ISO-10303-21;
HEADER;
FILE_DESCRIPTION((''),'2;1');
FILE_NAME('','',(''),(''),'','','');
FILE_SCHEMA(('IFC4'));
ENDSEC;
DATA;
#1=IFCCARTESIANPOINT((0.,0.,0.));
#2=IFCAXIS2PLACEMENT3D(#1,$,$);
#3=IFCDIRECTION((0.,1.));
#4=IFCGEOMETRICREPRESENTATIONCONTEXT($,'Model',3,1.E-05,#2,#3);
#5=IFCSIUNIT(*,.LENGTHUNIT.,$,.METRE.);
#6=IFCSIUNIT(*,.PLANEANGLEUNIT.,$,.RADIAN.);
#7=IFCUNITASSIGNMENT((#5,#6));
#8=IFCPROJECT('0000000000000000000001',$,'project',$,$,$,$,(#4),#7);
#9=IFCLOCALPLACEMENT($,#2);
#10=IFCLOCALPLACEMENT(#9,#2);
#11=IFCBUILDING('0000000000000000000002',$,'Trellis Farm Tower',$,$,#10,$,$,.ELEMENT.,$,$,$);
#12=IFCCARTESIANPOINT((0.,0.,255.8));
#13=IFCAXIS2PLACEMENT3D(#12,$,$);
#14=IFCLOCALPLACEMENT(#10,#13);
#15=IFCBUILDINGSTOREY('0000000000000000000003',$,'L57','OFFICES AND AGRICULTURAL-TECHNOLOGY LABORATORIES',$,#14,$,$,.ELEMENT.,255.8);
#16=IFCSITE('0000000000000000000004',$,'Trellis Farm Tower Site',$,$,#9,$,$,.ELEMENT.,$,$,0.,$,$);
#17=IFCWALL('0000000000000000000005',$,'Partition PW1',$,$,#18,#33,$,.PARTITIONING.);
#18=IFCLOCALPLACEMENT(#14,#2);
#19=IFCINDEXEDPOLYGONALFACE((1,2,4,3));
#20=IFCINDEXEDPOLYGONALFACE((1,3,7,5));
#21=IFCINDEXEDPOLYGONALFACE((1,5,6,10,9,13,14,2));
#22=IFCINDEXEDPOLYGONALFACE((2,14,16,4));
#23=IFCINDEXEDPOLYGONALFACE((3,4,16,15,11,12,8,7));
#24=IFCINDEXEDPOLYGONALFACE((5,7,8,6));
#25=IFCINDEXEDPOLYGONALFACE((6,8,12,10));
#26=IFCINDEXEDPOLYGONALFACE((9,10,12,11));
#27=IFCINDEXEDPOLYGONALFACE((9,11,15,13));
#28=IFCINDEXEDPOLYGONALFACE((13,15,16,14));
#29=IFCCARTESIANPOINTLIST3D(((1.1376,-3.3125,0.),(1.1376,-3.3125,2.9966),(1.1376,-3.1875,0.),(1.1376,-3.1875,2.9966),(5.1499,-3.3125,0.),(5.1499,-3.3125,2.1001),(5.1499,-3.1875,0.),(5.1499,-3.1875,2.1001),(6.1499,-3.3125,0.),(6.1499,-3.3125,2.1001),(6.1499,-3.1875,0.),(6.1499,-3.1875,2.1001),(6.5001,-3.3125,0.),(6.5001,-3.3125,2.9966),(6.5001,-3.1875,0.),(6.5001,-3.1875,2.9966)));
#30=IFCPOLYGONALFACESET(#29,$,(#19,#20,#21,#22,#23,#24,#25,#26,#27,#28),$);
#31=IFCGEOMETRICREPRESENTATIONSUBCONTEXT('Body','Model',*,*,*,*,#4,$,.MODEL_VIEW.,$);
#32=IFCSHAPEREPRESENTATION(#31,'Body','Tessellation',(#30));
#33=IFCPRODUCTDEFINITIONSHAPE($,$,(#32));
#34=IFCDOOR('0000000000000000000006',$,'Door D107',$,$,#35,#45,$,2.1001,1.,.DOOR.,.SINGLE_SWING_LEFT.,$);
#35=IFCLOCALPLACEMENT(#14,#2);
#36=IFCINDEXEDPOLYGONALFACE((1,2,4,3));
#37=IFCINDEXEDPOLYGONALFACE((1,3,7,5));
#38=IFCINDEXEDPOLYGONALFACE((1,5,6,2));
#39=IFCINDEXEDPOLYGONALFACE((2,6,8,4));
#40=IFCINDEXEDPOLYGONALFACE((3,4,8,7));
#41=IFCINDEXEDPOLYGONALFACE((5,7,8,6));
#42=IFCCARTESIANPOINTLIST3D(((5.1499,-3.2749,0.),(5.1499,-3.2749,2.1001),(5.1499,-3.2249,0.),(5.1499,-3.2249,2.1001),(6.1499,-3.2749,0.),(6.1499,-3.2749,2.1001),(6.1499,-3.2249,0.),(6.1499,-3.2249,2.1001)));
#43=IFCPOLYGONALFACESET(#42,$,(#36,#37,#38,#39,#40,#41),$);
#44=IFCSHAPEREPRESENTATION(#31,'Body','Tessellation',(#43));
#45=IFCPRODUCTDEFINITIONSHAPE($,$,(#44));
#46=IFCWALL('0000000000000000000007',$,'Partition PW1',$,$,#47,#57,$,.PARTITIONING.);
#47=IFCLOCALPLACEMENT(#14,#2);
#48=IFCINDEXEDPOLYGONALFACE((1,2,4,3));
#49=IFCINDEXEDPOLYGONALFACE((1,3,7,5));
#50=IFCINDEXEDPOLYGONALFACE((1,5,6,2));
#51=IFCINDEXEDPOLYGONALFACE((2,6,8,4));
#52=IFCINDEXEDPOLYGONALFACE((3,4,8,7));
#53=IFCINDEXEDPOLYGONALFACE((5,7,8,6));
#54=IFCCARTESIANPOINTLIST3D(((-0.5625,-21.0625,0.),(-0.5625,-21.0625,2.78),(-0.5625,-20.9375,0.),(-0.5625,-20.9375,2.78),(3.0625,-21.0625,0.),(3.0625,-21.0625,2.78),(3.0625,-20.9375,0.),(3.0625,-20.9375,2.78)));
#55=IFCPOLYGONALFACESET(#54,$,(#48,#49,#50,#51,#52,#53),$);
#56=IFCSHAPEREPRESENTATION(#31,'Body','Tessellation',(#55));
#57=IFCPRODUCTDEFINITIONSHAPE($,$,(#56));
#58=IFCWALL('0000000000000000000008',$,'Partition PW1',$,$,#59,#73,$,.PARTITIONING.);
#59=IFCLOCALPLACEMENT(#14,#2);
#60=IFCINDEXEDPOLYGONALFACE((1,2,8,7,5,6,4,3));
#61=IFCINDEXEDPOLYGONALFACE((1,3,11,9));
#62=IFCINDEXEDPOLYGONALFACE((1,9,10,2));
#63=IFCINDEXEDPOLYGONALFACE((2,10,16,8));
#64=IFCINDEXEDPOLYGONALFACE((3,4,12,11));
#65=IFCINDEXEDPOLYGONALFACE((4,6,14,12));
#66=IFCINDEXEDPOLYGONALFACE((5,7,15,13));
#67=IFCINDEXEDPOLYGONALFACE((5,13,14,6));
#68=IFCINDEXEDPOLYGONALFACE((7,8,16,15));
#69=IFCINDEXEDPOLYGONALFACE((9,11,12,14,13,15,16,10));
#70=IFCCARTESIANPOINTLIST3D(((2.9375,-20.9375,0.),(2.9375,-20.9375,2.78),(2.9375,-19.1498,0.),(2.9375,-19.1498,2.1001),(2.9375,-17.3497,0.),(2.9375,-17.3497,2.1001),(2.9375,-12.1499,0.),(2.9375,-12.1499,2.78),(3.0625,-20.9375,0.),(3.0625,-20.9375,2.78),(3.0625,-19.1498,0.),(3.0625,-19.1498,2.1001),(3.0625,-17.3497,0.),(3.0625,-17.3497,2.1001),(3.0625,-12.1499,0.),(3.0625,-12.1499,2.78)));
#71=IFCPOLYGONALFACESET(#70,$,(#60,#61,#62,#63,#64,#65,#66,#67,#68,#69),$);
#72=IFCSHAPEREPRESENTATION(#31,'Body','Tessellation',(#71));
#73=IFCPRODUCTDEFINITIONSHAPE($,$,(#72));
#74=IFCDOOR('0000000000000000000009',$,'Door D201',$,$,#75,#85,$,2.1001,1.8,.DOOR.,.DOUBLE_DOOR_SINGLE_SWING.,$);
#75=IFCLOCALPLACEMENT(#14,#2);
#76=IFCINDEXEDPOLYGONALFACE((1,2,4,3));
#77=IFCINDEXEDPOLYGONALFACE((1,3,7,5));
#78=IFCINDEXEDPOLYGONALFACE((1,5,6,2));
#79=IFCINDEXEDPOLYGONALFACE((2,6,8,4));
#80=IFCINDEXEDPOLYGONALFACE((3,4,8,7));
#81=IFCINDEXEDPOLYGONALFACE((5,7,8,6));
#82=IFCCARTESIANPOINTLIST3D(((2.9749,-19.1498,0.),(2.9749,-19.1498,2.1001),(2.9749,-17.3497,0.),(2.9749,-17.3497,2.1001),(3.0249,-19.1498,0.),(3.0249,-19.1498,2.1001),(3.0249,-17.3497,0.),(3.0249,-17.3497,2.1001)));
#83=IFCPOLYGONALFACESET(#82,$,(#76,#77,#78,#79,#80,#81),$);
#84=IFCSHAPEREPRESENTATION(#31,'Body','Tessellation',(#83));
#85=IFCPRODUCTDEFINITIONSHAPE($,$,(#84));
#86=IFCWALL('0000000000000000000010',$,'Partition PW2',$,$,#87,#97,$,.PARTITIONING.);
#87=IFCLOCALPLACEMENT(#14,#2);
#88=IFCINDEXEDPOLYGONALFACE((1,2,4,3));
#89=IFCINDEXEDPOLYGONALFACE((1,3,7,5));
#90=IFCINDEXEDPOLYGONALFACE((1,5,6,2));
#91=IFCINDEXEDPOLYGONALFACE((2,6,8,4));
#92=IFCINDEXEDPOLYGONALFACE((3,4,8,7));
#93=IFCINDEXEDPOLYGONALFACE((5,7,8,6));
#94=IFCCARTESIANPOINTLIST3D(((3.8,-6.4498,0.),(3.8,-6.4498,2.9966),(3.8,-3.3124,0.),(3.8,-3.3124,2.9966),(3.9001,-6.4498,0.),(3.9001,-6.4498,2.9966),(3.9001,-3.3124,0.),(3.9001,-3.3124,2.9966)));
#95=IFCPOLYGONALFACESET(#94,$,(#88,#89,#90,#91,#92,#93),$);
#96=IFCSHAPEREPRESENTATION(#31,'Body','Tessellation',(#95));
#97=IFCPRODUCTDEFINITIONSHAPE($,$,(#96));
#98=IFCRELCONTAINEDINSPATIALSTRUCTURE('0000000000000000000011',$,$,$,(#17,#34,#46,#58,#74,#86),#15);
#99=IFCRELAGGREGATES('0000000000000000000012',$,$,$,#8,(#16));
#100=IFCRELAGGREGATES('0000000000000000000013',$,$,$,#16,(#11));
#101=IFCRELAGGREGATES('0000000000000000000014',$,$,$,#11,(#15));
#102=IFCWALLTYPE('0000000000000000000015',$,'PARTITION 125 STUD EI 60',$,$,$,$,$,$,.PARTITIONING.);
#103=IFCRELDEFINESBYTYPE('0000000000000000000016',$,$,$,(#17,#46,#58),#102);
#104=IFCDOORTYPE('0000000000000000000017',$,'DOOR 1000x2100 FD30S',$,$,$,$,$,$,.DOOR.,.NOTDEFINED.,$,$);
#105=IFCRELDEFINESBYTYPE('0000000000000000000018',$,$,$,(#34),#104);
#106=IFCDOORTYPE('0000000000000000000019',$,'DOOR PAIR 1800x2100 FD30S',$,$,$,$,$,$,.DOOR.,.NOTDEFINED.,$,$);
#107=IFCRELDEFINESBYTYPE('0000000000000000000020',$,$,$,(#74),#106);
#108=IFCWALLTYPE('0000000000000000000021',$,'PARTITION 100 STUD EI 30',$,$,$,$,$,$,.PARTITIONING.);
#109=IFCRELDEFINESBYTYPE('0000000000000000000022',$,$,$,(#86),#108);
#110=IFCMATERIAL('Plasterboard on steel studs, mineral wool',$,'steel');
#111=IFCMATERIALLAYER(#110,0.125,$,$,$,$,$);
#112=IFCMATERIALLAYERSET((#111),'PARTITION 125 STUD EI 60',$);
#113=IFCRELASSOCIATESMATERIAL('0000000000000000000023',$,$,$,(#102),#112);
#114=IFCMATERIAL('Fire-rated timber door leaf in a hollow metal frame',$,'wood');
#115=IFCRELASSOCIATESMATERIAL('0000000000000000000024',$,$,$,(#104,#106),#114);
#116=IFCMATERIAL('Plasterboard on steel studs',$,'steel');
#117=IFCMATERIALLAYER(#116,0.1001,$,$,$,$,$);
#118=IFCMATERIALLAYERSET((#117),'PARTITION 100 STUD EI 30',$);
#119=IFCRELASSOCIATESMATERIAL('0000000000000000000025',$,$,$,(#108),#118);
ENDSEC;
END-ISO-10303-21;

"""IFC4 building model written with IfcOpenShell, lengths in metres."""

from ifc_helpers import new_model, si_unit, direction, frame, frame_2d, origin, place, context, subcontext, project, spatial, rectangle, extrude, source, transform, mapped, material, layer, layer_set, type_object, element, fill, save


model = new_model("IFC4")

# Units and contexts
model_context = context("Model", 3, precision=1e-05, world=origin(), true_north=direction((0.0, 1.0)))
body_context = subcontext(model_context, "Body", "Model", "MODEL_VIEW")
ifc_project = project(units=[si_unit("LENGTHUNIT", "METRE"), si_unit("PLANEANGLEUNIT", "RADIAN")], contexts=[model_context])

# Site, building, storey
site_placement = place(None, origin())
site = spatial("IfcSite", under=ifc_project, at=site_placement, Name="Trellis Farm Tower Site", CompositionType="ELEMENT", RefElevation=0.0)
building_placement = place(site_placement, origin())
building = spatial("IfcBuilding", under=site, at=building_placement, Name="Trellis Farm Tower", CompositionType="ELEMENT")
storey_placement = place(building_placement, frame((0.0, 0.0, 255.8)))
storey = spatial("IfcBuildingStorey", under=building, at=storey_placement, Name="L57", Description="OFFICES AND AGRICULTURAL-TECHNOLOGY LABORATORIES", CompositionType="ELEMENT", Elevation=255.8)

# Shared definitions
shared_shape_1 = source(origin(), body_context, "Body", "SweptSolid", [
    extrude(rectangle(XDim=1.0, YDim=2.1001, at=frame_2d((0.5, 1.05))), frame((0.0, 0.0249, 0.0), z_axis=(0.0, -1.0, 0.0), x_axis=(1.0, 0.0, 0.0)), (0.0, 0.0, 1.0), 0.05),
])

# Wall, opening, door
ifc_material_1 = material(Name="Plasterboard on steel studs, mineral wool", Category="steel")
ifc_layer_1 = layer(ifc_material_1, 0.125)
ifc_layer_set_1 = layer_set([ifc_layer_1], Name="PARTITION 125 STUD EI 60")
wall_type_1 = type_object("IfcWallType", Name="PARTITION 125 STUD EI 60", PredefinedType="PARTITIONING", material=ifc_layer_set_1)
shared_shape_2 = source(origin(), body_context, "Body", "SweptSolid", [
    extrude(rectangle(XDim=5.3625, YDim=0.125, at=frame_2d((2.6812, 0.0))), origin(), (0.0, 0.0, 1.0), 2.9966),
])
wall_1_placement = place(storey_placement, frame((6.5, -3.25, 0.0), z_axis=(0.0, 0.0, 1.0), x_axis=(-1.0, 0.0, 0.0)))
wall_1 = element("IfcWall", 1, at=wall_1_placement, inside=storey, type_object=wall_type_1, Name="Partition PW1", PredefinedType="PARTITIONING", context=body_context, shape_type="MappedRepresentation", body=[
    mapped(shared_shape_2, transform((0.0, 0.0, 0.0))),
])
shared_shape_3 = source(origin(), body_context, "Body", "SweptSolid", [
    extrude(rectangle(XDim=1.0, YDim=2.1001, at=frame_2d((0.5, 1.05))), frame((0.0, 0.0725, 0.0), z_axis=(0.0, -1.0, 0.0), x_axis=(1.0, 0.0, 0.0)), (0.0, 0.0, 1.0), 0.145),
])
opening_1_placement = place(wall_1_placement, frame((0.3501, 0.0, 0.0)))
opening_1 = element("IfcOpeningElement", 2, at=opening_1_placement, cuts=wall_1, PredefinedType="OPENING", context=body_context, shape_type="MappedRepresentation", body=[
    mapped(shared_shape_3, transform((0.0, 0.0, 0.0))),
])
ifc_material_2 = material(Name="Fire-rated timber door leaf in a hollow metal frame", Category="wood")
door_type_1 = type_object("IfcDoorType", Name="DOOR 1000x2100 FD30S", OperationType="NOTDEFINED", PredefinedType="DOOR", material=ifc_material_2)
door_1_placement = place(opening_1_placement, origin())
door_1 = element("IfcDoor", 3, at=door_1_placement, inside=storey, type_object=door_type_1, Name="Door D107", OperationType="SINGLE_SWING_LEFT", OverallHeight=2.1001, OverallWidth=1.0, PredefinedType="DOOR", context=body_context, shape_type="MappedRepresentation", body=[
    mapped(shared_shape_1, transform((0.0, 0.0, 0.0))),
])
fill(opening_1, door_1)

# Wall
shared_shape_4 = source(origin(), body_context, "Body", "SweptSolid", [
    extrude(rectangle(XDim=3.625, YDim=0.125, at=frame_2d((1.8125, 0.0))), origin(), (0.0, 0.0, 1.0), 2.78),
])
wall_2_placement = place(storey_placement, frame((3.0625, -21.0, 0.0), z_axis=(0.0, 0.0, 1.0), x_axis=(-1.0, 0.0, 0.0)))
element("IfcWall", 4, at=wall_2_placement, inside=storey, type_object=wall_type_1, Name="Partition PW1", PredefinedType="PARTITIONING", context=body_context, shape_type="MappedRepresentation", body=[
    mapped(shared_shape_4, transform((0.0, 0.0, 0.0))),
])

# Wall, opening, door
shared_shape_5 = source(origin(), body_context, "Body", "SweptSolid", [
    extrude(rectangle(XDim=8.7876, YDim=0.125, at=frame_2d((4.3938, 0.0))), origin(), (0.0, 0.0, 1.0), 2.78),
])
wall_3_placement = place(storey_placement, frame((3.0, -12.1499, 0.0), z_axis=(0.0, 0.0, 1.0), x_axis=(0.0, -1.0, 0.0)))
wall_3 = element("IfcWall", 5, at=wall_3_placement, inside=storey, type_object=wall_type_1, Name="Partition PW1", PredefinedType="PARTITIONING", context=body_context, shape_type="MappedRepresentation", body=[
    mapped(shared_shape_5, transform((0.0, 0.0, 0.0))),
])
shared_shape_6 = source(origin(), body_context, "Body", "SweptSolid", [
    extrude(rectangle(XDim=1.8, YDim=2.1001, at=frame_2d((0.8999, 1.05))), frame((0.0, 0.0725, 0.0), z_axis=(0.0, -1.0, 0.0), x_axis=(1.0, 0.0, 0.0)), (0.0, 0.0, 1.0), 0.145),
])
opening_2_placement = place(wall_3_placement, frame((5.2, 0.0, 0.0)))
opening_2 = element("IfcOpeningElement", 6, at=opening_2_placement, cuts=wall_3, PredefinedType="OPENING", context=body_context, shape_type="MappedRepresentation", body=[
    mapped(shared_shape_6, transform((0.0, 0.0, 0.0))),
])
door_type_2 = type_object("IfcDoorType", Name="DOOR PAIR 1800x2100 FD30S", OperationType="NOTDEFINED", PredefinedType="DOOR", material=ifc_material_2)
shared_shape_7 = source(origin(), body_context, "Body", "SweptSolid", [
    extrude(rectangle(XDim=1.8, YDim=2.1001, at=frame_2d((0.8999, 1.05))), frame((0.0, 0.0249, 0.0), z_axis=(0.0, -1.0, 0.0), x_axis=(1.0, 0.0, 0.0)), (0.0, 0.0, 1.0), 0.05),
])
door_2_placement = place(opening_2_placement, origin())
door_2 = element("IfcDoor", 7, at=door_2_placement, inside=storey, type_object=door_type_2, Name="Door D201", OperationType="DOUBLE_DOOR_SINGLE_SWING", OverallHeight=2.1001, OverallWidth=1.8, PredefinedType="DOOR", context=body_context, shape_type="MappedRepresentation", body=[
    mapped(shared_shape_7, transform((0.0, 0.0, 0.0))),
])
fill(opening_2, door_2)

# Wall
ifc_material_3 = material(Name="Plasterboard on steel studs", Category="steel")
ifc_layer_2 = layer(ifc_material_3, 0.1001)
ifc_layer_set_2 = layer_set([ifc_layer_2], Name="PARTITION 100 STUD EI 30")
wall_type_2 = type_object("IfcWallType", Name="PARTITION 100 STUD EI 30", PredefinedType="PARTITIONING", material=ifc_layer_set_2)
shared_shape_8 = source(origin(), body_context, "Body", "SweptSolid", [
    extrude(rectangle(XDim=3.1375, YDim=0.1001, at=frame_2d((1.5688, 0.0))), origin(), (0.0, 0.0, 1.0), 2.9966),
])
wall_4_placement = place(storey_placement, frame((3.8501, -6.45, 0.0), z_axis=(0.0, 0.0, 1.0), x_axis=(0.0, 1.0, 0.0)))
element("IfcWall", 8, at=wall_4_placement, inside=storey, type_object=wall_type_2, Name="Partition PW2", PredefinedType="PARTITIONING", context=body_context, shape_type="MappedRepresentation", body=[
    mapped(shared_shape_8, transform((0.0, 0.0, 0.0))),
])

save(model, "model.ifc")
